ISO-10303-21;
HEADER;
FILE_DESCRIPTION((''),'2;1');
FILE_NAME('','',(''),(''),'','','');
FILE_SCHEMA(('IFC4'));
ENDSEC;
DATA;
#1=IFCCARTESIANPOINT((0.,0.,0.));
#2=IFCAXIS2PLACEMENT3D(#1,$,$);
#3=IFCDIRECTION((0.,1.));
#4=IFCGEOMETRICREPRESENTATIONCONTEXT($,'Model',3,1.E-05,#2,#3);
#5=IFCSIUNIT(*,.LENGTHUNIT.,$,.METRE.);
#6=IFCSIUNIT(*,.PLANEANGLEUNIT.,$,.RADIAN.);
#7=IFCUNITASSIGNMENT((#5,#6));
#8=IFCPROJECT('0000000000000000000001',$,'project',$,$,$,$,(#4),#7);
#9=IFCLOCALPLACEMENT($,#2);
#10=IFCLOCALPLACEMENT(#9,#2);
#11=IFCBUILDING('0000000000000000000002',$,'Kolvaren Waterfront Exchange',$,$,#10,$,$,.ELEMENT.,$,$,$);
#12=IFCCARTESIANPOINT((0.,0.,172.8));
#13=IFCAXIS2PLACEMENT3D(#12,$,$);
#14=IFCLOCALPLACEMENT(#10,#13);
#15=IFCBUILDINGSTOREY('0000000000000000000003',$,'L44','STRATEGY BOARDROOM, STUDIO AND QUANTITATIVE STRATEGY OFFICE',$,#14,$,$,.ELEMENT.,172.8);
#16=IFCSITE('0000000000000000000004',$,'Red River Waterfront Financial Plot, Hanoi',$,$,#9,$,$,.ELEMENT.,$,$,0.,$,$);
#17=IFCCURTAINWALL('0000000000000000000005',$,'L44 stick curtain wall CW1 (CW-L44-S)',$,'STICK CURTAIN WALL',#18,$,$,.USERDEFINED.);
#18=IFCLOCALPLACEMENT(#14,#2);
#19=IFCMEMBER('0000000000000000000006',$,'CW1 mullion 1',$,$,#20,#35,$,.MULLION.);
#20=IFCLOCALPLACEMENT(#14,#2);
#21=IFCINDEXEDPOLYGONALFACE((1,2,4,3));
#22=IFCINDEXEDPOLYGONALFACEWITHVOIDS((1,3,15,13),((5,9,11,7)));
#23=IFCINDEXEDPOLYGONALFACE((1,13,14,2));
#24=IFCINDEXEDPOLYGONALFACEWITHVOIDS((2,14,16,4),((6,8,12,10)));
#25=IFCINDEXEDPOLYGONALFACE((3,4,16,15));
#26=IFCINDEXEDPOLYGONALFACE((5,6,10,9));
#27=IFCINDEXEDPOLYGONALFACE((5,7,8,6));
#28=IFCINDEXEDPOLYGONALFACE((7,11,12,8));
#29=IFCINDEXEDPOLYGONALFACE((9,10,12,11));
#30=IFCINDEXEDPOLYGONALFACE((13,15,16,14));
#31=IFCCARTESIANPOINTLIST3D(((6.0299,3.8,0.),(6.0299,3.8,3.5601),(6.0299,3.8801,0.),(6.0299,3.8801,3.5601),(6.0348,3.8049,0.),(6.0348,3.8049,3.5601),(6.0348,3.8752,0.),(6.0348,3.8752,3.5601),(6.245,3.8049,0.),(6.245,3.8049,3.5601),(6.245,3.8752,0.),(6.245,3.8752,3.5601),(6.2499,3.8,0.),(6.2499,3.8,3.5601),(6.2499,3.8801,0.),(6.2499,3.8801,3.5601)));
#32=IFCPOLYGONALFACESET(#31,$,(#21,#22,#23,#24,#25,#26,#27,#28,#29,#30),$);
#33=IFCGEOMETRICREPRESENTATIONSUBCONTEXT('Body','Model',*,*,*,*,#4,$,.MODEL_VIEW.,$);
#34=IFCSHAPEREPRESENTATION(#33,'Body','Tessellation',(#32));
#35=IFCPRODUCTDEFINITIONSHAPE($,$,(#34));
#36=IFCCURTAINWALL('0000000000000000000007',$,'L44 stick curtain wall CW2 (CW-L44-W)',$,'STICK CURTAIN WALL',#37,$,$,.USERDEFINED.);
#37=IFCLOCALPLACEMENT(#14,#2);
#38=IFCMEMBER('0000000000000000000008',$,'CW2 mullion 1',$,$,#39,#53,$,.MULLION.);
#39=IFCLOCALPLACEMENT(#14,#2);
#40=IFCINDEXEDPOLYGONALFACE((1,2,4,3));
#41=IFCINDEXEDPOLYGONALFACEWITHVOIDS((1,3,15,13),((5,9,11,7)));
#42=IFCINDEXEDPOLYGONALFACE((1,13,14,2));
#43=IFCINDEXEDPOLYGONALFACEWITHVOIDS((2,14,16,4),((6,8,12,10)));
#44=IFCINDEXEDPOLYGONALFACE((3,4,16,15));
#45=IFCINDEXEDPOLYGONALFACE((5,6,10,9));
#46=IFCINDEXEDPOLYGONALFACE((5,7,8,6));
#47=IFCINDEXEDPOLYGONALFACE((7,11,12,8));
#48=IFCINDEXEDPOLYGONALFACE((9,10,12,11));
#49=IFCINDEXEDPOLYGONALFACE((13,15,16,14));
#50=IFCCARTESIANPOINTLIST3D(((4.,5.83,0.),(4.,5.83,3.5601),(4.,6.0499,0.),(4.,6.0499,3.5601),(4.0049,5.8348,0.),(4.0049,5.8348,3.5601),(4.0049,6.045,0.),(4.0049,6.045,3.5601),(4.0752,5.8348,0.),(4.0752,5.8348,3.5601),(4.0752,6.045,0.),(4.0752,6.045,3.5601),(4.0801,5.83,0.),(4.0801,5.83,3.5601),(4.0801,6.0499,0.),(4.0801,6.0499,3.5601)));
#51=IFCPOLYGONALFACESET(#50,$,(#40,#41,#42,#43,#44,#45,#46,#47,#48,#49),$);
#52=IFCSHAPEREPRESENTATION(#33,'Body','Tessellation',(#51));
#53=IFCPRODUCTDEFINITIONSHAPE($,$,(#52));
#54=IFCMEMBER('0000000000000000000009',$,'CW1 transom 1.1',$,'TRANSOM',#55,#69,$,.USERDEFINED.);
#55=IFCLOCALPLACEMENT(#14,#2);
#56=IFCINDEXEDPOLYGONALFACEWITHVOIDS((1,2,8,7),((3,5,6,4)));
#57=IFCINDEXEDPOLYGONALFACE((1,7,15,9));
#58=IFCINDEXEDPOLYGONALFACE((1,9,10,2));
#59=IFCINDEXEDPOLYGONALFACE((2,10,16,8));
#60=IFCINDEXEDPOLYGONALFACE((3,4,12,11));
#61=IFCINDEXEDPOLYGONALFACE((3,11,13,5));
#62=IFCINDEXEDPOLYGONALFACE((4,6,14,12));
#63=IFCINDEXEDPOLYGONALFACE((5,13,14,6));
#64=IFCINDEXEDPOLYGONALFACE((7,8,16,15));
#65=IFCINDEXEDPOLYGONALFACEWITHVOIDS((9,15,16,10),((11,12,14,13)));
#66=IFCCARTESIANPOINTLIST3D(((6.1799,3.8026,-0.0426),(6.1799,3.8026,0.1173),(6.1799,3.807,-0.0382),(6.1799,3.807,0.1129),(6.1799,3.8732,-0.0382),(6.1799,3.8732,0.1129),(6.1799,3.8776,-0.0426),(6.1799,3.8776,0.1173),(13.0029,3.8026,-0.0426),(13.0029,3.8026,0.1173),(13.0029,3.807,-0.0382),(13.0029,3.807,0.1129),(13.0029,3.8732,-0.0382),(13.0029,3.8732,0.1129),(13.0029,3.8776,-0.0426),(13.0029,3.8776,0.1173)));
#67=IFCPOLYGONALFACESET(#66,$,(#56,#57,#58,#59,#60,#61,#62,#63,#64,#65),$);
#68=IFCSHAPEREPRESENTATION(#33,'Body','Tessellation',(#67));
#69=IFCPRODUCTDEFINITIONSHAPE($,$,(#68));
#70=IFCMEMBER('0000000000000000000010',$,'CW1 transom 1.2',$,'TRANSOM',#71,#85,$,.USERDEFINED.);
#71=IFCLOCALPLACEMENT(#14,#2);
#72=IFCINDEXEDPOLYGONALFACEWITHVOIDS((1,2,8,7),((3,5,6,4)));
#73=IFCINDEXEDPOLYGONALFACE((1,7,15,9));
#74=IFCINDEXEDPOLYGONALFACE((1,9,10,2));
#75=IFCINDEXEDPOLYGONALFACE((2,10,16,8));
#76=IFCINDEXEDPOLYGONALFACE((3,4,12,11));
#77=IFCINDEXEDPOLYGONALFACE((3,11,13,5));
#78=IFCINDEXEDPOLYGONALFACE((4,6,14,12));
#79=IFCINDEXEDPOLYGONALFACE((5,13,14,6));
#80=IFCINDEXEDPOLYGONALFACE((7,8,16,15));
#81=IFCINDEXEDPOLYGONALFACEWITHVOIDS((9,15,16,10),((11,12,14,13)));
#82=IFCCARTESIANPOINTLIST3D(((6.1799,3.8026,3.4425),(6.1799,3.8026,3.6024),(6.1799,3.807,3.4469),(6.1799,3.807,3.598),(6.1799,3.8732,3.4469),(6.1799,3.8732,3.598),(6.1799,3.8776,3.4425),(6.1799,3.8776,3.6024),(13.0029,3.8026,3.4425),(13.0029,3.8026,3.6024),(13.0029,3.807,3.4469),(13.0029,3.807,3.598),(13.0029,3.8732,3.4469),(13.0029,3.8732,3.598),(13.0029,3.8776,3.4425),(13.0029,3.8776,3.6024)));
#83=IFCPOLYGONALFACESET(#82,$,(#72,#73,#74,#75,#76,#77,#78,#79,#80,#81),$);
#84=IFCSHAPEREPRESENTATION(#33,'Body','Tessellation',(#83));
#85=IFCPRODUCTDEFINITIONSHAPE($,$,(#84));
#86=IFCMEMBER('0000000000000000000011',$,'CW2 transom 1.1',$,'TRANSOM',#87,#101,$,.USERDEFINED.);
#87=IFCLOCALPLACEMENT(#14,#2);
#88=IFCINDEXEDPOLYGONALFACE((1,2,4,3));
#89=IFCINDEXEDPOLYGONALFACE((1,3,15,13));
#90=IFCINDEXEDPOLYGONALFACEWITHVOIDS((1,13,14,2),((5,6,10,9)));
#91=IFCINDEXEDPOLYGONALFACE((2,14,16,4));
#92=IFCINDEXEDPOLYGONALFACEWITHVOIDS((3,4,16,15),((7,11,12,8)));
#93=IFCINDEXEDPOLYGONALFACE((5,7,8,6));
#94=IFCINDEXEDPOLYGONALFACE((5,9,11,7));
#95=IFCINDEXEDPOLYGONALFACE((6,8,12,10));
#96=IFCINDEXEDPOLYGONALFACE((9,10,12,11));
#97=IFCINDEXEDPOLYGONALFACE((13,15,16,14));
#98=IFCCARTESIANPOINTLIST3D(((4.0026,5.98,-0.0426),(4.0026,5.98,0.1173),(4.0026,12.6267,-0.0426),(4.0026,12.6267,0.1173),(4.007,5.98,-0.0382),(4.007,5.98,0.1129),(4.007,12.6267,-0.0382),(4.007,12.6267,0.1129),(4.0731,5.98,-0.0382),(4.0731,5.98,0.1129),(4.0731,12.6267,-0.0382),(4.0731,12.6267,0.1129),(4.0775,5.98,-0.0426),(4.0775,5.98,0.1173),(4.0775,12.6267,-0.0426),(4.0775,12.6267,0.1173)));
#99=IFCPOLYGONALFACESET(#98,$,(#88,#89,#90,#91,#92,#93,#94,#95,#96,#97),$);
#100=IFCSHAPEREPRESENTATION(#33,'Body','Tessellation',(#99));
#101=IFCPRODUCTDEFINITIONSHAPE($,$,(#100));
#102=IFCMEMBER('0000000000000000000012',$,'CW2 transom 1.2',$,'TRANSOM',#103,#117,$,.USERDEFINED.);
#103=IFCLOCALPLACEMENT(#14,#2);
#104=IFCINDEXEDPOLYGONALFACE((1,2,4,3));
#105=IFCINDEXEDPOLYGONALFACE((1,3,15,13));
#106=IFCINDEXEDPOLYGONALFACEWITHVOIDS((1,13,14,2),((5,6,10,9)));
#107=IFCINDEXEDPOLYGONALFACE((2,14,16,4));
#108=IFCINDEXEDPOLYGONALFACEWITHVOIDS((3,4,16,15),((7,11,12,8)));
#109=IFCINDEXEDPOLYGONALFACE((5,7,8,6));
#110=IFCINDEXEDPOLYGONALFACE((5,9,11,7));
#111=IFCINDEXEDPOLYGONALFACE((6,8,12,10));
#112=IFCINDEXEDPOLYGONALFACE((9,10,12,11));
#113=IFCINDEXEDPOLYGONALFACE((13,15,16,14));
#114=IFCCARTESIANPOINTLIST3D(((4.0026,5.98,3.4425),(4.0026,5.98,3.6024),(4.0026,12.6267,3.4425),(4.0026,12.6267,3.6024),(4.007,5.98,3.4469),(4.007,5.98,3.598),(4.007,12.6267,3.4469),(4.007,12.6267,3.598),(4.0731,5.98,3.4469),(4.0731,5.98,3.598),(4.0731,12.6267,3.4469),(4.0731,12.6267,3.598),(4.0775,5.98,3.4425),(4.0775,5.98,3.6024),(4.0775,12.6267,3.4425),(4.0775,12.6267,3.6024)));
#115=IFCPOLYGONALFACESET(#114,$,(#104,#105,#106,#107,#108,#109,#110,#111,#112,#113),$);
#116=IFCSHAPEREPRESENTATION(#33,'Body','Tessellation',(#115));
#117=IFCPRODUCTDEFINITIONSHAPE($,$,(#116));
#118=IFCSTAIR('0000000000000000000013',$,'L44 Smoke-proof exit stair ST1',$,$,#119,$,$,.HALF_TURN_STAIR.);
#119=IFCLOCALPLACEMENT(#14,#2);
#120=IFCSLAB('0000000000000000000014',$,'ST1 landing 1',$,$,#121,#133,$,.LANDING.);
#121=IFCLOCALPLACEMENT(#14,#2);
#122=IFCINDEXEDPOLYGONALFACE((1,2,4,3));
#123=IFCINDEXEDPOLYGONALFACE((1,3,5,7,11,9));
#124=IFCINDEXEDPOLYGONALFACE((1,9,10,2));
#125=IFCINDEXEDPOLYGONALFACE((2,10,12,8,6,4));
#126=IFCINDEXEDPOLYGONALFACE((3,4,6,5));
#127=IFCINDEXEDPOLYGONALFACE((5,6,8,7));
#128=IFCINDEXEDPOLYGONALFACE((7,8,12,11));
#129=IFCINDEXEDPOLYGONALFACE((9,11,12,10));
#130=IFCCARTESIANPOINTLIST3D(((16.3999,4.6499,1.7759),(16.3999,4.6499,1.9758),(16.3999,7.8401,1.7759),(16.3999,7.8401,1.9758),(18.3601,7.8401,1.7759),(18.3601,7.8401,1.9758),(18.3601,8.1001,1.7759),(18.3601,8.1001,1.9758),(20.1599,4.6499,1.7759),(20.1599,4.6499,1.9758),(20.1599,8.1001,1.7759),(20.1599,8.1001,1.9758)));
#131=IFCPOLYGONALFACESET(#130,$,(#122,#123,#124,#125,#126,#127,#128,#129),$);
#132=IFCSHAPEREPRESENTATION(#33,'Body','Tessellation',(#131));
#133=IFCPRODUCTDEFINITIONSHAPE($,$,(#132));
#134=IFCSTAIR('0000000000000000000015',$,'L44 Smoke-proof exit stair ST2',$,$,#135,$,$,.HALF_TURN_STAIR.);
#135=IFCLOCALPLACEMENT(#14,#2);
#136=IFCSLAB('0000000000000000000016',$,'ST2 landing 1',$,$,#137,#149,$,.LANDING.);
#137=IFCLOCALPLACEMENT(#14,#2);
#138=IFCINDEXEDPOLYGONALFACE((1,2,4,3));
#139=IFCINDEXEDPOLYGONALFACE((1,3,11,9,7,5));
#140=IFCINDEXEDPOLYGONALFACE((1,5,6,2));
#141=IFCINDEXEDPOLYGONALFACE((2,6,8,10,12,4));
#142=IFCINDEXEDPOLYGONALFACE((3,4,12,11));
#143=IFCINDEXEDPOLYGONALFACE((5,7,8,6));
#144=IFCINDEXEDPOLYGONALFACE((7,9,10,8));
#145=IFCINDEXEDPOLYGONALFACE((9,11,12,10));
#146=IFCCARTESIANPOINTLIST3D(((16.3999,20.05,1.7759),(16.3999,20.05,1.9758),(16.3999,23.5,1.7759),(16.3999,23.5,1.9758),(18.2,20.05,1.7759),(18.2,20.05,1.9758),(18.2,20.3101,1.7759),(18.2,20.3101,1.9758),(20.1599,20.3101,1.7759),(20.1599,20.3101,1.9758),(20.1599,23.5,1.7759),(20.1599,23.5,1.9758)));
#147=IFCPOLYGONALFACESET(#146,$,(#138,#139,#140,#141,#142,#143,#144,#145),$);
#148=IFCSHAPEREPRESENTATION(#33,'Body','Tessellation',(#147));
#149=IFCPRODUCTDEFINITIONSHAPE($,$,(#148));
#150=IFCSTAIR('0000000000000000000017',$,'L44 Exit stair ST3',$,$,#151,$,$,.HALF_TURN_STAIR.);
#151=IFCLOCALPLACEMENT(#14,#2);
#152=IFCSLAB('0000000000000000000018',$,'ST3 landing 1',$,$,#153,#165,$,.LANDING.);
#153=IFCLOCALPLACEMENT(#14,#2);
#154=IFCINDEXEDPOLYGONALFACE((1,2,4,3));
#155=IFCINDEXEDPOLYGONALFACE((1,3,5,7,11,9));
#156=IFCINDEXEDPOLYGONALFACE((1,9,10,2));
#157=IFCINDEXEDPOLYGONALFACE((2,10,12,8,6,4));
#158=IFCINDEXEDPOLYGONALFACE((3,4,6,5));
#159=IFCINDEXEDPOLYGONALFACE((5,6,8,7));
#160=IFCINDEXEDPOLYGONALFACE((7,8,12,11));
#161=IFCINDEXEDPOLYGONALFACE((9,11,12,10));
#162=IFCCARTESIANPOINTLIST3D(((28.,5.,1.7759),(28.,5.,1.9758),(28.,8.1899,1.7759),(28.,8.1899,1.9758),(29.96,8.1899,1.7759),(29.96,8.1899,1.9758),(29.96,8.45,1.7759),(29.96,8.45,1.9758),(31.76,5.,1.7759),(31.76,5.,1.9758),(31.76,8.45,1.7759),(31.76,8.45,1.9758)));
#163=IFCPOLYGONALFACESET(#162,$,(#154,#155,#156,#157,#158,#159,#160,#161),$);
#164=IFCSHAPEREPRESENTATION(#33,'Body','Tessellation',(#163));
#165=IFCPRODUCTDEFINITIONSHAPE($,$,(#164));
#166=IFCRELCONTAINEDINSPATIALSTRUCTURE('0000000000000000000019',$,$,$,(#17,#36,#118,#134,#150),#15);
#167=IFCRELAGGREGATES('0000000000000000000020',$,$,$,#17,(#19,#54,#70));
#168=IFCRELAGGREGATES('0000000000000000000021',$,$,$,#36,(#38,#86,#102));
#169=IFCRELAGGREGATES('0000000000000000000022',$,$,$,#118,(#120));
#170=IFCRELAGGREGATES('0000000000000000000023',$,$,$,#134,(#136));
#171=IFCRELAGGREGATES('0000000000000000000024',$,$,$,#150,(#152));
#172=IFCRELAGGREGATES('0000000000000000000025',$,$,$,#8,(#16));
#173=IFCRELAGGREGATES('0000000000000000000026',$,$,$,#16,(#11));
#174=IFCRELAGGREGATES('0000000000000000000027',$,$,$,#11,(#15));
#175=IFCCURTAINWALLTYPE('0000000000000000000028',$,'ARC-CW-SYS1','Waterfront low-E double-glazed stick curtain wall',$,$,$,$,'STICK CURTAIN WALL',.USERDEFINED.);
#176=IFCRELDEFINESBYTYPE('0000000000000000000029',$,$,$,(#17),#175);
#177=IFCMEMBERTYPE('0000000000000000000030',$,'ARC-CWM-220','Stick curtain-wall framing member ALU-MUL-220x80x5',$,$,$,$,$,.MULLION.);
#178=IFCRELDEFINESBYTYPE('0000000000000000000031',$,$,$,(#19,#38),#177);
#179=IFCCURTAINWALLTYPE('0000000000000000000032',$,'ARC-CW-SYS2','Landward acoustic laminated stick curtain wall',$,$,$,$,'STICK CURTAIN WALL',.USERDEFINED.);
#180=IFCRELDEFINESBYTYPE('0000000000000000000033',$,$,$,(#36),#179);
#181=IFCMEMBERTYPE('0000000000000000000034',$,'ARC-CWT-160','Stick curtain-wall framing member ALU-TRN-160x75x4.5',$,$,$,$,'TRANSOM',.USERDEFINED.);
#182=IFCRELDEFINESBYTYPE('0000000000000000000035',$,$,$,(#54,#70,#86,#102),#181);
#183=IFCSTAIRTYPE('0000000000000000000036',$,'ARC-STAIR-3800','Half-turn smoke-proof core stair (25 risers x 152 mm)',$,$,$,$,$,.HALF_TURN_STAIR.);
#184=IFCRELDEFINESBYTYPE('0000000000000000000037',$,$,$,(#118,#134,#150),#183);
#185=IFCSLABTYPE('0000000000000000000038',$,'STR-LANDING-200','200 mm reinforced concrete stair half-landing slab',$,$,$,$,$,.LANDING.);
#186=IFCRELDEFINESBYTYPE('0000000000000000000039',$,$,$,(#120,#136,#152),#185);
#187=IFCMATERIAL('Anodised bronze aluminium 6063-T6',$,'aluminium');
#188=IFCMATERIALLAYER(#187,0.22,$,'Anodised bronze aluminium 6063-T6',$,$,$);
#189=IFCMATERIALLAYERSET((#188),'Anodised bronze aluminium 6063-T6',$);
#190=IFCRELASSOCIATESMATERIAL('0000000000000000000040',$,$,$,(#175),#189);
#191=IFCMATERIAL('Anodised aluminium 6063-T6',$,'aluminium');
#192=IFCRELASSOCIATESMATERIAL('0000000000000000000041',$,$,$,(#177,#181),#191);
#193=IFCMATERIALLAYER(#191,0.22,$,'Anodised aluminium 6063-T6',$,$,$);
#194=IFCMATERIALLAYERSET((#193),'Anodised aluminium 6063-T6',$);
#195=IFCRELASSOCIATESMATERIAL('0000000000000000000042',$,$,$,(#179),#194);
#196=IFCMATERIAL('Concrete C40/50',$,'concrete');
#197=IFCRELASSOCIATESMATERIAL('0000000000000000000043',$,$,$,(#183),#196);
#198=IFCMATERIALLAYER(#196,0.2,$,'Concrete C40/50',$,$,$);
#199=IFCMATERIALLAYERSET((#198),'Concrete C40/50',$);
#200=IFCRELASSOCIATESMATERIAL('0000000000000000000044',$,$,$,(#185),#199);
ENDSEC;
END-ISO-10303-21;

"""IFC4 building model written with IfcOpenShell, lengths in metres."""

from ifc_helpers import new_model, si_unit, direction, frame, origin, origin_with_axes, origin_2d, place, context, subcontext, project, spatial, polyline, hollow_rectangle, outline, extrude, source, transform, mapped, material, layer, layer_set, material_profile, profile_set, type_object, element, aggregate, save


model = new_model("IFC4")

# Units and contexts
model_context = context("Model", 3, precision=1e-05, world=origin(), true_north=direction((0.0, 1.0)))
body_context = subcontext(model_context, "Body", "Model", "MODEL_VIEW")
ifc_project = project(units=[si_unit("LENGTHUNIT", "METRE"), si_unit("PLANEANGLEUNIT", "RADIAN")], contexts=[model_context])

# Site, building, storey
site_placement = place(None, origin())
site = spatial("IfcSite", under=ifc_project, at=site_placement, Name="Red River Waterfront Financial Plot, Hanoi", CompositionType="ELEMENT", RefElevation=0.0)
building_placement = place(site_placement, origin())
building = spatial("IfcBuilding", under=site, at=building_placement, Name="Kolvaren Waterfront Exchange", CompositionType="ELEMENT")
storey_placement = place(building_placement, frame((0.0, 0.0, 172.8)))
storey = spatial("IfcBuildingStorey", under=building, at=storey_placement, Name="L44", Description="STRATEGY BOARDROOM, STUDIO AND QUANTITATIVE STRATEGY OFFICE", CompositionType="ELEMENT", Elevation=172.8)

# Curtain walls, members
ifc_material_1 = material(Name="Anodised bronze aluminium 6063-T6", Category="aluminium")
ifc_layer_1 = layer(ifc_material_1, 0.22, Name="Anodised bronze aluminium 6063-T6")
ifc_layer_set_1 = layer_set([ifc_layer_1], Name="Anodised bronze aluminium 6063-T6")
curtain_wall_type_1 = type_object("IfcCurtainWallType", Name="ARC-CW-SYS1", Description="Waterfront low-E double-glazed stick curtain wall", ElementType="STICK CURTAIN WALL", PredefinedType="USERDEFINED", material=ifc_layer_set_1)
curtain_wall_1_placement = place(storey_placement, origin())
curtain_wall_1 = element("IfcCurtainWall", 1, at=curtain_wall_1_placement, inside=storey, type_object=curtain_wall_type_1, Name="L44 stick curtain wall CW1 (CW-L44-S)", ObjectType="STICK CURTAIN WALL", PredefinedType="USERDEFINED")
ifc_material_2 = material(Name="Anodised aluminium 6063-T6", Category="aluminium")
ifc_material_profile_1 = material_profile(ifc_material_2, hollow_rectangle(XDim=0.0801, YDim=0.22, WallThickness=0.0049, at=origin_2d()), Name="ALU-MUL-220x80x5")
ifc_profile_set_1 = profile_set([ifc_material_profile_1], Name="Anodised aluminium 6063-T6")
member_type_1 = type_object("IfcMemberType", Name="ARC-CWM-220", Description="Stick curtain-wall framing member ALU-MUL-220x80x5", PredefinedType="MULLION", material=ifc_profile_set_1)
shared_shape_1 = source(origin_with_axes(), body_context, "Body", "SweptSolid", [
    extrude(hollow_rectangle(XDim=0.0801, YDim=0.22, WallThickness=0.0049, at=origin_2d()), origin(), (0.0, 0.0, 1.0), 3.5601),
])
member_1_placement = place(storey_placement, frame((6.1399, 3.8401, 0.0), z_axis=(0.0, 0.0, 1.0), x_axis=(0.0, 1.0, 0.0)))
member_1 = element("IfcMember", 2, at=member_1_placement, type_object=member_type_1, Name="CW1 mullion 1", PredefinedType="MULLION", context=body_context, shape_type="MappedRepresentation", body=[
    mapped(shared_shape_1, transform((0.0, 0.0, 0.0), x_axis=(1.0, 0.0, 0.0), y_axis=(0.0, 1.0, 0.0), z_axis=(0.0, 0.0, 1.0), scale=1.0)),
])
ifc_layer_2 = layer(ifc_material_2, 0.22, Name="Anodised aluminium 6063-T6")
ifc_layer_set_2 = layer_set([ifc_layer_2], Name="Anodised aluminium 6063-T6")
curtain_wall_type_2 = type_object("IfcCurtainWallType", Name="ARC-CW-SYS2", Description="Landward acoustic laminated stick curtain wall", ElementType="STICK CURTAIN WALL", PredefinedType="USERDEFINED", material=ifc_layer_set_2)
curtain_wall_2_placement = place(storey_placement, origin())
curtain_wall_2 = element("IfcCurtainWall", 3, at=curtain_wall_2_placement, inside=storey, type_object=curtain_wall_type_2, Name="L44 stick curtain wall CW2 (CW-L44-W)", ObjectType="STICK CURTAIN WALL", PredefinedType="USERDEFINED")
member_2_placement = place(storey_placement, frame((4.04, 5.9399, 0.0), z_axis=(0.0, 0.0, 1.0), x_axis=(-1.0, 0.0, 0.0)))
member_2 = element("IfcMember", 4, at=member_2_placement, type_object=member_type_1, Name="CW2 mullion 1", PredefinedType="MULLION", context=body_context, shape_type="MappedRepresentation", body=[
    mapped(shared_shape_1, transform((0.0, 0.0, 0.0), x_axis=(1.0, 0.0, 0.0), y_axis=(0.0, 1.0, 0.0), z_axis=(0.0, 0.0, 1.0), scale=1.0)),
])

# Members
ifc_material_profile_2 = material_profile(ifc_material_2, hollow_rectangle(XDim=0.075, YDim=0.1599, WallThickness=0.0044, at=origin_2d()), Name="ALU-TRN-160x75x4.5")
ifc_profile_set_2 = profile_set([ifc_material_profile_2], Name="Anodised aluminium 6063-T6")
member_type_2 = type_object("IfcMemberType", Name="ARC-CWT-160", Description="Stick curtain-wall framing member ALU-TRN-160x75x4.5", ElementType="TRANSOM", PredefinedType="USERDEFINED", material=ifc_profile_set_2)
shared_shape_2 = source(origin_with_axes(), body_context, "Body", "SweptSolid", [
    extrude(hollow_rectangle(XDim=0.075, YDim=0.1599, WallThickness=0.0044, at=origin_2d()), origin(), (0.0, 0.0, 1.0), 6.823),
])
member_3_placement = place(storey_placement, frame((6.1799, 3.8401, 0.0374), z_axis=(1.0, 0.0, 0.0), x_axis=(0.0, 1.0, 0.0)))
member_3 = element("IfcMember", 5, at=member_3_placement, type_object=member_type_2, Name="CW1 transom 1.1", ObjectType="TRANSOM", PredefinedType="USERDEFINED", context=body_context, shape_type="MappedRepresentation", body=[
    mapped(shared_shape_2, transform((0.0, 0.0, 0.0), x_axis=(1.0, 0.0, 0.0), y_axis=(0.0, 1.0, 0.0), z_axis=(0.0, 0.0, 1.0), scale=1.0)),
])
member_4_placement = place(storey_placement, frame((6.1799, 3.8401, 3.5225), z_axis=(1.0, 0.0, 0.0), x_axis=(0.0, 1.0, 0.0)))
member_4 = element("IfcMember", 6, at=member_4_placement, type_object=member_type_2, Name="CW1 transom 1.2", ObjectType="TRANSOM", PredefinedType="USERDEFINED", context=body_context, shape_type="MappedRepresentation", body=[
    mapped(shared_shape_2, transform((0.0, 0.0, 0.0), x_axis=(1.0, 0.0, 0.0), y_axis=(0.0, 1.0, 0.0), z_axis=(0.0, 0.0, 1.0), scale=1.0)),
])
aggregate(curtain_wall_1, [member_1, member_3, member_4])
shared_shape_3 = source(origin_with_axes(), body_context, "Body", "SweptSolid", [
    extrude(hollow_rectangle(XDim=0.075, YDim=0.1599, WallThickness=0.0044, at=origin_2d()), origin(), (0.0, 0.0, 1.0), 6.6467),
])
member_5_placement = place(storey_placement, frame((4.04, 5.98, 0.0374), z_axis=(0.0, 1.0, 0.0), x_axis=(-1.0, 0.0, 0.0)))
member_5 = element("IfcMember", 7, at=member_5_placement, type_object=member_type_2, Name="CW2 transom 1.1", ObjectType="TRANSOM", PredefinedType="USERDEFINED", context=body_context, shape_type="MappedRepresentation", body=[
    mapped(shared_shape_3, transform((0.0, 0.0, 0.0), x_axis=(1.0, 0.0, 0.0), y_axis=(0.0, 1.0, 0.0), z_axis=(0.0, 0.0, 1.0), scale=1.0)),
])
member_6_placement = place(storey_placement, frame((4.04, 5.98, 3.5225), z_axis=(0.0, 1.0, 0.0), x_axis=(-1.0, 0.0, 0.0)))
member_6 = element("IfcMember", 8, at=member_6_placement, type_object=member_type_2, Name="CW2 transom 1.2", ObjectType="TRANSOM", PredefinedType="USERDEFINED", context=body_context, shape_type="MappedRepresentation", body=[
    mapped(shared_shape_3, transform((0.0, 0.0, 0.0), x_axis=(1.0, 0.0, 0.0), y_axis=(0.0, 1.0, 0.0), z_axis=(0.0, 0.0, 1.0), scale=1.0)),
])
aggregate(curtain_wall_2, [member_2, member_5, member_6])

# Stairs, slabs
ifc_material_3 = material(Name="Concrete C40/50", Category="concrete")
stair_type = type_object("IfcStairType", Name="ARC-STAIR-3800", Description="Half-turn smoke-proof core stair (25 risers x 152 mm)", PredefinedType="HALF_TURN_STAIR", material=ifc_material_3)
stair_1_placement = place(storey_placement, origin())
stair_1 = element("IfcStair", 9, at=stair_1_placement, inside=storey, type_object=stair_type, Name="L44 Smoke-proof exit stair ST1", PredefinedType="HALF_TURN_STAIR")
ifc_layer_3 = layer(ifc_material_3, 0.2, Name="Concrete C40/50")
ifc_layer_set_3 = layer_set([ifc_layer_3], Name="Concrete C40/50")
slab_type_1 = type_object("IfcSlabType", Name="STR-LANDING-200", Description="200 mm reinforced concrete stair half-landing slab", PredefinedType="LANDING", material=ifc_layer_set_3)
slab_1_placement = place(storey_placement, frame((0.0, 0.0, 1.7759)))
slab_1 = element("IfcSlab", 10, at=slab_1_placement, type_object=slab_type_1, Name="ST1 landing 1", PredefinedType="LANDING", context=body_context, shape_type="SweptSolid", body=[
    extrude(outline(polyline([(16.3999, 7.8401), (16.3999, 4.6499), (20.1599, 4.6499), (20.1599, 8.1001), (18.3601, 8.1001), (18.3601, 7.8401), (16.3999, 7.8401)])), origin(), (0.0, 0.0, 1.0), 0.2),
])
aggregate(stair_1, [slab_1])
stair_2_placement = place(storey_placement, origin())
stair_2 = element("IfcStair", 11, at=stair_2_placement, inside=storey, type_object=stair_type, Name="L44 Smoke-proof exit stair ST2", PredefinedType="HALF_TURN_STAIR")
slab_2_placement = place(storey_placement, frame((0.0, 0.0, 1.7759)))
slab_2 = element("IfcSlab", 12, at=slab_2_placement, type_object=slab_type_1, Name="ST2 landing 1", PredefinedType="LANDING", context=body_context, shape_type="SweptSolid", body=[
    extrude(outline(polyline([(20.1599, 20.3101), (20.1599, 23.5), (16.3999, 23.5), (16.3999, 20.05), (18.2, 20.05), (18.2, 20.3101), (20.1599, 20.3101)])), origin(), (0.0, 0.0, 1.0), 0.2),
])
aggregate(stair_2, [slab_2])
stair_3_placement = place(storey_placement, origin())
stair_3 = element("IfcStair", 13, at=stair_3_placement, inside=storey, type_object=stair_type, Name="L44 Exit stair ST3", PredefinedType="HALF_TURN_STAIR")
slab_3_placement = place(storey_placement, frame((0.0, 0.0, 1.7759)))
slab_3 = element("IfcSlab", 14, at=slab_3_placement, type_object=slab_type_1, Name="ST3 landing 1", PredefinedType="LANDING", context=body_context, shape_type="SweptSolid", body=[
    extrude(outline(polyline([(28.0, 8.1899), (28.0, 5.0), (31.76, 5.0), (31.76, 8.45), (29.96, 8.45), (29.96, 8.1899), (28.0, 8.1899)])), origin(), (0.0, 0.0, 1.0), 0.2),
])
aggregate(stair_3, [slab_3])

save(model, "model.ifc")
